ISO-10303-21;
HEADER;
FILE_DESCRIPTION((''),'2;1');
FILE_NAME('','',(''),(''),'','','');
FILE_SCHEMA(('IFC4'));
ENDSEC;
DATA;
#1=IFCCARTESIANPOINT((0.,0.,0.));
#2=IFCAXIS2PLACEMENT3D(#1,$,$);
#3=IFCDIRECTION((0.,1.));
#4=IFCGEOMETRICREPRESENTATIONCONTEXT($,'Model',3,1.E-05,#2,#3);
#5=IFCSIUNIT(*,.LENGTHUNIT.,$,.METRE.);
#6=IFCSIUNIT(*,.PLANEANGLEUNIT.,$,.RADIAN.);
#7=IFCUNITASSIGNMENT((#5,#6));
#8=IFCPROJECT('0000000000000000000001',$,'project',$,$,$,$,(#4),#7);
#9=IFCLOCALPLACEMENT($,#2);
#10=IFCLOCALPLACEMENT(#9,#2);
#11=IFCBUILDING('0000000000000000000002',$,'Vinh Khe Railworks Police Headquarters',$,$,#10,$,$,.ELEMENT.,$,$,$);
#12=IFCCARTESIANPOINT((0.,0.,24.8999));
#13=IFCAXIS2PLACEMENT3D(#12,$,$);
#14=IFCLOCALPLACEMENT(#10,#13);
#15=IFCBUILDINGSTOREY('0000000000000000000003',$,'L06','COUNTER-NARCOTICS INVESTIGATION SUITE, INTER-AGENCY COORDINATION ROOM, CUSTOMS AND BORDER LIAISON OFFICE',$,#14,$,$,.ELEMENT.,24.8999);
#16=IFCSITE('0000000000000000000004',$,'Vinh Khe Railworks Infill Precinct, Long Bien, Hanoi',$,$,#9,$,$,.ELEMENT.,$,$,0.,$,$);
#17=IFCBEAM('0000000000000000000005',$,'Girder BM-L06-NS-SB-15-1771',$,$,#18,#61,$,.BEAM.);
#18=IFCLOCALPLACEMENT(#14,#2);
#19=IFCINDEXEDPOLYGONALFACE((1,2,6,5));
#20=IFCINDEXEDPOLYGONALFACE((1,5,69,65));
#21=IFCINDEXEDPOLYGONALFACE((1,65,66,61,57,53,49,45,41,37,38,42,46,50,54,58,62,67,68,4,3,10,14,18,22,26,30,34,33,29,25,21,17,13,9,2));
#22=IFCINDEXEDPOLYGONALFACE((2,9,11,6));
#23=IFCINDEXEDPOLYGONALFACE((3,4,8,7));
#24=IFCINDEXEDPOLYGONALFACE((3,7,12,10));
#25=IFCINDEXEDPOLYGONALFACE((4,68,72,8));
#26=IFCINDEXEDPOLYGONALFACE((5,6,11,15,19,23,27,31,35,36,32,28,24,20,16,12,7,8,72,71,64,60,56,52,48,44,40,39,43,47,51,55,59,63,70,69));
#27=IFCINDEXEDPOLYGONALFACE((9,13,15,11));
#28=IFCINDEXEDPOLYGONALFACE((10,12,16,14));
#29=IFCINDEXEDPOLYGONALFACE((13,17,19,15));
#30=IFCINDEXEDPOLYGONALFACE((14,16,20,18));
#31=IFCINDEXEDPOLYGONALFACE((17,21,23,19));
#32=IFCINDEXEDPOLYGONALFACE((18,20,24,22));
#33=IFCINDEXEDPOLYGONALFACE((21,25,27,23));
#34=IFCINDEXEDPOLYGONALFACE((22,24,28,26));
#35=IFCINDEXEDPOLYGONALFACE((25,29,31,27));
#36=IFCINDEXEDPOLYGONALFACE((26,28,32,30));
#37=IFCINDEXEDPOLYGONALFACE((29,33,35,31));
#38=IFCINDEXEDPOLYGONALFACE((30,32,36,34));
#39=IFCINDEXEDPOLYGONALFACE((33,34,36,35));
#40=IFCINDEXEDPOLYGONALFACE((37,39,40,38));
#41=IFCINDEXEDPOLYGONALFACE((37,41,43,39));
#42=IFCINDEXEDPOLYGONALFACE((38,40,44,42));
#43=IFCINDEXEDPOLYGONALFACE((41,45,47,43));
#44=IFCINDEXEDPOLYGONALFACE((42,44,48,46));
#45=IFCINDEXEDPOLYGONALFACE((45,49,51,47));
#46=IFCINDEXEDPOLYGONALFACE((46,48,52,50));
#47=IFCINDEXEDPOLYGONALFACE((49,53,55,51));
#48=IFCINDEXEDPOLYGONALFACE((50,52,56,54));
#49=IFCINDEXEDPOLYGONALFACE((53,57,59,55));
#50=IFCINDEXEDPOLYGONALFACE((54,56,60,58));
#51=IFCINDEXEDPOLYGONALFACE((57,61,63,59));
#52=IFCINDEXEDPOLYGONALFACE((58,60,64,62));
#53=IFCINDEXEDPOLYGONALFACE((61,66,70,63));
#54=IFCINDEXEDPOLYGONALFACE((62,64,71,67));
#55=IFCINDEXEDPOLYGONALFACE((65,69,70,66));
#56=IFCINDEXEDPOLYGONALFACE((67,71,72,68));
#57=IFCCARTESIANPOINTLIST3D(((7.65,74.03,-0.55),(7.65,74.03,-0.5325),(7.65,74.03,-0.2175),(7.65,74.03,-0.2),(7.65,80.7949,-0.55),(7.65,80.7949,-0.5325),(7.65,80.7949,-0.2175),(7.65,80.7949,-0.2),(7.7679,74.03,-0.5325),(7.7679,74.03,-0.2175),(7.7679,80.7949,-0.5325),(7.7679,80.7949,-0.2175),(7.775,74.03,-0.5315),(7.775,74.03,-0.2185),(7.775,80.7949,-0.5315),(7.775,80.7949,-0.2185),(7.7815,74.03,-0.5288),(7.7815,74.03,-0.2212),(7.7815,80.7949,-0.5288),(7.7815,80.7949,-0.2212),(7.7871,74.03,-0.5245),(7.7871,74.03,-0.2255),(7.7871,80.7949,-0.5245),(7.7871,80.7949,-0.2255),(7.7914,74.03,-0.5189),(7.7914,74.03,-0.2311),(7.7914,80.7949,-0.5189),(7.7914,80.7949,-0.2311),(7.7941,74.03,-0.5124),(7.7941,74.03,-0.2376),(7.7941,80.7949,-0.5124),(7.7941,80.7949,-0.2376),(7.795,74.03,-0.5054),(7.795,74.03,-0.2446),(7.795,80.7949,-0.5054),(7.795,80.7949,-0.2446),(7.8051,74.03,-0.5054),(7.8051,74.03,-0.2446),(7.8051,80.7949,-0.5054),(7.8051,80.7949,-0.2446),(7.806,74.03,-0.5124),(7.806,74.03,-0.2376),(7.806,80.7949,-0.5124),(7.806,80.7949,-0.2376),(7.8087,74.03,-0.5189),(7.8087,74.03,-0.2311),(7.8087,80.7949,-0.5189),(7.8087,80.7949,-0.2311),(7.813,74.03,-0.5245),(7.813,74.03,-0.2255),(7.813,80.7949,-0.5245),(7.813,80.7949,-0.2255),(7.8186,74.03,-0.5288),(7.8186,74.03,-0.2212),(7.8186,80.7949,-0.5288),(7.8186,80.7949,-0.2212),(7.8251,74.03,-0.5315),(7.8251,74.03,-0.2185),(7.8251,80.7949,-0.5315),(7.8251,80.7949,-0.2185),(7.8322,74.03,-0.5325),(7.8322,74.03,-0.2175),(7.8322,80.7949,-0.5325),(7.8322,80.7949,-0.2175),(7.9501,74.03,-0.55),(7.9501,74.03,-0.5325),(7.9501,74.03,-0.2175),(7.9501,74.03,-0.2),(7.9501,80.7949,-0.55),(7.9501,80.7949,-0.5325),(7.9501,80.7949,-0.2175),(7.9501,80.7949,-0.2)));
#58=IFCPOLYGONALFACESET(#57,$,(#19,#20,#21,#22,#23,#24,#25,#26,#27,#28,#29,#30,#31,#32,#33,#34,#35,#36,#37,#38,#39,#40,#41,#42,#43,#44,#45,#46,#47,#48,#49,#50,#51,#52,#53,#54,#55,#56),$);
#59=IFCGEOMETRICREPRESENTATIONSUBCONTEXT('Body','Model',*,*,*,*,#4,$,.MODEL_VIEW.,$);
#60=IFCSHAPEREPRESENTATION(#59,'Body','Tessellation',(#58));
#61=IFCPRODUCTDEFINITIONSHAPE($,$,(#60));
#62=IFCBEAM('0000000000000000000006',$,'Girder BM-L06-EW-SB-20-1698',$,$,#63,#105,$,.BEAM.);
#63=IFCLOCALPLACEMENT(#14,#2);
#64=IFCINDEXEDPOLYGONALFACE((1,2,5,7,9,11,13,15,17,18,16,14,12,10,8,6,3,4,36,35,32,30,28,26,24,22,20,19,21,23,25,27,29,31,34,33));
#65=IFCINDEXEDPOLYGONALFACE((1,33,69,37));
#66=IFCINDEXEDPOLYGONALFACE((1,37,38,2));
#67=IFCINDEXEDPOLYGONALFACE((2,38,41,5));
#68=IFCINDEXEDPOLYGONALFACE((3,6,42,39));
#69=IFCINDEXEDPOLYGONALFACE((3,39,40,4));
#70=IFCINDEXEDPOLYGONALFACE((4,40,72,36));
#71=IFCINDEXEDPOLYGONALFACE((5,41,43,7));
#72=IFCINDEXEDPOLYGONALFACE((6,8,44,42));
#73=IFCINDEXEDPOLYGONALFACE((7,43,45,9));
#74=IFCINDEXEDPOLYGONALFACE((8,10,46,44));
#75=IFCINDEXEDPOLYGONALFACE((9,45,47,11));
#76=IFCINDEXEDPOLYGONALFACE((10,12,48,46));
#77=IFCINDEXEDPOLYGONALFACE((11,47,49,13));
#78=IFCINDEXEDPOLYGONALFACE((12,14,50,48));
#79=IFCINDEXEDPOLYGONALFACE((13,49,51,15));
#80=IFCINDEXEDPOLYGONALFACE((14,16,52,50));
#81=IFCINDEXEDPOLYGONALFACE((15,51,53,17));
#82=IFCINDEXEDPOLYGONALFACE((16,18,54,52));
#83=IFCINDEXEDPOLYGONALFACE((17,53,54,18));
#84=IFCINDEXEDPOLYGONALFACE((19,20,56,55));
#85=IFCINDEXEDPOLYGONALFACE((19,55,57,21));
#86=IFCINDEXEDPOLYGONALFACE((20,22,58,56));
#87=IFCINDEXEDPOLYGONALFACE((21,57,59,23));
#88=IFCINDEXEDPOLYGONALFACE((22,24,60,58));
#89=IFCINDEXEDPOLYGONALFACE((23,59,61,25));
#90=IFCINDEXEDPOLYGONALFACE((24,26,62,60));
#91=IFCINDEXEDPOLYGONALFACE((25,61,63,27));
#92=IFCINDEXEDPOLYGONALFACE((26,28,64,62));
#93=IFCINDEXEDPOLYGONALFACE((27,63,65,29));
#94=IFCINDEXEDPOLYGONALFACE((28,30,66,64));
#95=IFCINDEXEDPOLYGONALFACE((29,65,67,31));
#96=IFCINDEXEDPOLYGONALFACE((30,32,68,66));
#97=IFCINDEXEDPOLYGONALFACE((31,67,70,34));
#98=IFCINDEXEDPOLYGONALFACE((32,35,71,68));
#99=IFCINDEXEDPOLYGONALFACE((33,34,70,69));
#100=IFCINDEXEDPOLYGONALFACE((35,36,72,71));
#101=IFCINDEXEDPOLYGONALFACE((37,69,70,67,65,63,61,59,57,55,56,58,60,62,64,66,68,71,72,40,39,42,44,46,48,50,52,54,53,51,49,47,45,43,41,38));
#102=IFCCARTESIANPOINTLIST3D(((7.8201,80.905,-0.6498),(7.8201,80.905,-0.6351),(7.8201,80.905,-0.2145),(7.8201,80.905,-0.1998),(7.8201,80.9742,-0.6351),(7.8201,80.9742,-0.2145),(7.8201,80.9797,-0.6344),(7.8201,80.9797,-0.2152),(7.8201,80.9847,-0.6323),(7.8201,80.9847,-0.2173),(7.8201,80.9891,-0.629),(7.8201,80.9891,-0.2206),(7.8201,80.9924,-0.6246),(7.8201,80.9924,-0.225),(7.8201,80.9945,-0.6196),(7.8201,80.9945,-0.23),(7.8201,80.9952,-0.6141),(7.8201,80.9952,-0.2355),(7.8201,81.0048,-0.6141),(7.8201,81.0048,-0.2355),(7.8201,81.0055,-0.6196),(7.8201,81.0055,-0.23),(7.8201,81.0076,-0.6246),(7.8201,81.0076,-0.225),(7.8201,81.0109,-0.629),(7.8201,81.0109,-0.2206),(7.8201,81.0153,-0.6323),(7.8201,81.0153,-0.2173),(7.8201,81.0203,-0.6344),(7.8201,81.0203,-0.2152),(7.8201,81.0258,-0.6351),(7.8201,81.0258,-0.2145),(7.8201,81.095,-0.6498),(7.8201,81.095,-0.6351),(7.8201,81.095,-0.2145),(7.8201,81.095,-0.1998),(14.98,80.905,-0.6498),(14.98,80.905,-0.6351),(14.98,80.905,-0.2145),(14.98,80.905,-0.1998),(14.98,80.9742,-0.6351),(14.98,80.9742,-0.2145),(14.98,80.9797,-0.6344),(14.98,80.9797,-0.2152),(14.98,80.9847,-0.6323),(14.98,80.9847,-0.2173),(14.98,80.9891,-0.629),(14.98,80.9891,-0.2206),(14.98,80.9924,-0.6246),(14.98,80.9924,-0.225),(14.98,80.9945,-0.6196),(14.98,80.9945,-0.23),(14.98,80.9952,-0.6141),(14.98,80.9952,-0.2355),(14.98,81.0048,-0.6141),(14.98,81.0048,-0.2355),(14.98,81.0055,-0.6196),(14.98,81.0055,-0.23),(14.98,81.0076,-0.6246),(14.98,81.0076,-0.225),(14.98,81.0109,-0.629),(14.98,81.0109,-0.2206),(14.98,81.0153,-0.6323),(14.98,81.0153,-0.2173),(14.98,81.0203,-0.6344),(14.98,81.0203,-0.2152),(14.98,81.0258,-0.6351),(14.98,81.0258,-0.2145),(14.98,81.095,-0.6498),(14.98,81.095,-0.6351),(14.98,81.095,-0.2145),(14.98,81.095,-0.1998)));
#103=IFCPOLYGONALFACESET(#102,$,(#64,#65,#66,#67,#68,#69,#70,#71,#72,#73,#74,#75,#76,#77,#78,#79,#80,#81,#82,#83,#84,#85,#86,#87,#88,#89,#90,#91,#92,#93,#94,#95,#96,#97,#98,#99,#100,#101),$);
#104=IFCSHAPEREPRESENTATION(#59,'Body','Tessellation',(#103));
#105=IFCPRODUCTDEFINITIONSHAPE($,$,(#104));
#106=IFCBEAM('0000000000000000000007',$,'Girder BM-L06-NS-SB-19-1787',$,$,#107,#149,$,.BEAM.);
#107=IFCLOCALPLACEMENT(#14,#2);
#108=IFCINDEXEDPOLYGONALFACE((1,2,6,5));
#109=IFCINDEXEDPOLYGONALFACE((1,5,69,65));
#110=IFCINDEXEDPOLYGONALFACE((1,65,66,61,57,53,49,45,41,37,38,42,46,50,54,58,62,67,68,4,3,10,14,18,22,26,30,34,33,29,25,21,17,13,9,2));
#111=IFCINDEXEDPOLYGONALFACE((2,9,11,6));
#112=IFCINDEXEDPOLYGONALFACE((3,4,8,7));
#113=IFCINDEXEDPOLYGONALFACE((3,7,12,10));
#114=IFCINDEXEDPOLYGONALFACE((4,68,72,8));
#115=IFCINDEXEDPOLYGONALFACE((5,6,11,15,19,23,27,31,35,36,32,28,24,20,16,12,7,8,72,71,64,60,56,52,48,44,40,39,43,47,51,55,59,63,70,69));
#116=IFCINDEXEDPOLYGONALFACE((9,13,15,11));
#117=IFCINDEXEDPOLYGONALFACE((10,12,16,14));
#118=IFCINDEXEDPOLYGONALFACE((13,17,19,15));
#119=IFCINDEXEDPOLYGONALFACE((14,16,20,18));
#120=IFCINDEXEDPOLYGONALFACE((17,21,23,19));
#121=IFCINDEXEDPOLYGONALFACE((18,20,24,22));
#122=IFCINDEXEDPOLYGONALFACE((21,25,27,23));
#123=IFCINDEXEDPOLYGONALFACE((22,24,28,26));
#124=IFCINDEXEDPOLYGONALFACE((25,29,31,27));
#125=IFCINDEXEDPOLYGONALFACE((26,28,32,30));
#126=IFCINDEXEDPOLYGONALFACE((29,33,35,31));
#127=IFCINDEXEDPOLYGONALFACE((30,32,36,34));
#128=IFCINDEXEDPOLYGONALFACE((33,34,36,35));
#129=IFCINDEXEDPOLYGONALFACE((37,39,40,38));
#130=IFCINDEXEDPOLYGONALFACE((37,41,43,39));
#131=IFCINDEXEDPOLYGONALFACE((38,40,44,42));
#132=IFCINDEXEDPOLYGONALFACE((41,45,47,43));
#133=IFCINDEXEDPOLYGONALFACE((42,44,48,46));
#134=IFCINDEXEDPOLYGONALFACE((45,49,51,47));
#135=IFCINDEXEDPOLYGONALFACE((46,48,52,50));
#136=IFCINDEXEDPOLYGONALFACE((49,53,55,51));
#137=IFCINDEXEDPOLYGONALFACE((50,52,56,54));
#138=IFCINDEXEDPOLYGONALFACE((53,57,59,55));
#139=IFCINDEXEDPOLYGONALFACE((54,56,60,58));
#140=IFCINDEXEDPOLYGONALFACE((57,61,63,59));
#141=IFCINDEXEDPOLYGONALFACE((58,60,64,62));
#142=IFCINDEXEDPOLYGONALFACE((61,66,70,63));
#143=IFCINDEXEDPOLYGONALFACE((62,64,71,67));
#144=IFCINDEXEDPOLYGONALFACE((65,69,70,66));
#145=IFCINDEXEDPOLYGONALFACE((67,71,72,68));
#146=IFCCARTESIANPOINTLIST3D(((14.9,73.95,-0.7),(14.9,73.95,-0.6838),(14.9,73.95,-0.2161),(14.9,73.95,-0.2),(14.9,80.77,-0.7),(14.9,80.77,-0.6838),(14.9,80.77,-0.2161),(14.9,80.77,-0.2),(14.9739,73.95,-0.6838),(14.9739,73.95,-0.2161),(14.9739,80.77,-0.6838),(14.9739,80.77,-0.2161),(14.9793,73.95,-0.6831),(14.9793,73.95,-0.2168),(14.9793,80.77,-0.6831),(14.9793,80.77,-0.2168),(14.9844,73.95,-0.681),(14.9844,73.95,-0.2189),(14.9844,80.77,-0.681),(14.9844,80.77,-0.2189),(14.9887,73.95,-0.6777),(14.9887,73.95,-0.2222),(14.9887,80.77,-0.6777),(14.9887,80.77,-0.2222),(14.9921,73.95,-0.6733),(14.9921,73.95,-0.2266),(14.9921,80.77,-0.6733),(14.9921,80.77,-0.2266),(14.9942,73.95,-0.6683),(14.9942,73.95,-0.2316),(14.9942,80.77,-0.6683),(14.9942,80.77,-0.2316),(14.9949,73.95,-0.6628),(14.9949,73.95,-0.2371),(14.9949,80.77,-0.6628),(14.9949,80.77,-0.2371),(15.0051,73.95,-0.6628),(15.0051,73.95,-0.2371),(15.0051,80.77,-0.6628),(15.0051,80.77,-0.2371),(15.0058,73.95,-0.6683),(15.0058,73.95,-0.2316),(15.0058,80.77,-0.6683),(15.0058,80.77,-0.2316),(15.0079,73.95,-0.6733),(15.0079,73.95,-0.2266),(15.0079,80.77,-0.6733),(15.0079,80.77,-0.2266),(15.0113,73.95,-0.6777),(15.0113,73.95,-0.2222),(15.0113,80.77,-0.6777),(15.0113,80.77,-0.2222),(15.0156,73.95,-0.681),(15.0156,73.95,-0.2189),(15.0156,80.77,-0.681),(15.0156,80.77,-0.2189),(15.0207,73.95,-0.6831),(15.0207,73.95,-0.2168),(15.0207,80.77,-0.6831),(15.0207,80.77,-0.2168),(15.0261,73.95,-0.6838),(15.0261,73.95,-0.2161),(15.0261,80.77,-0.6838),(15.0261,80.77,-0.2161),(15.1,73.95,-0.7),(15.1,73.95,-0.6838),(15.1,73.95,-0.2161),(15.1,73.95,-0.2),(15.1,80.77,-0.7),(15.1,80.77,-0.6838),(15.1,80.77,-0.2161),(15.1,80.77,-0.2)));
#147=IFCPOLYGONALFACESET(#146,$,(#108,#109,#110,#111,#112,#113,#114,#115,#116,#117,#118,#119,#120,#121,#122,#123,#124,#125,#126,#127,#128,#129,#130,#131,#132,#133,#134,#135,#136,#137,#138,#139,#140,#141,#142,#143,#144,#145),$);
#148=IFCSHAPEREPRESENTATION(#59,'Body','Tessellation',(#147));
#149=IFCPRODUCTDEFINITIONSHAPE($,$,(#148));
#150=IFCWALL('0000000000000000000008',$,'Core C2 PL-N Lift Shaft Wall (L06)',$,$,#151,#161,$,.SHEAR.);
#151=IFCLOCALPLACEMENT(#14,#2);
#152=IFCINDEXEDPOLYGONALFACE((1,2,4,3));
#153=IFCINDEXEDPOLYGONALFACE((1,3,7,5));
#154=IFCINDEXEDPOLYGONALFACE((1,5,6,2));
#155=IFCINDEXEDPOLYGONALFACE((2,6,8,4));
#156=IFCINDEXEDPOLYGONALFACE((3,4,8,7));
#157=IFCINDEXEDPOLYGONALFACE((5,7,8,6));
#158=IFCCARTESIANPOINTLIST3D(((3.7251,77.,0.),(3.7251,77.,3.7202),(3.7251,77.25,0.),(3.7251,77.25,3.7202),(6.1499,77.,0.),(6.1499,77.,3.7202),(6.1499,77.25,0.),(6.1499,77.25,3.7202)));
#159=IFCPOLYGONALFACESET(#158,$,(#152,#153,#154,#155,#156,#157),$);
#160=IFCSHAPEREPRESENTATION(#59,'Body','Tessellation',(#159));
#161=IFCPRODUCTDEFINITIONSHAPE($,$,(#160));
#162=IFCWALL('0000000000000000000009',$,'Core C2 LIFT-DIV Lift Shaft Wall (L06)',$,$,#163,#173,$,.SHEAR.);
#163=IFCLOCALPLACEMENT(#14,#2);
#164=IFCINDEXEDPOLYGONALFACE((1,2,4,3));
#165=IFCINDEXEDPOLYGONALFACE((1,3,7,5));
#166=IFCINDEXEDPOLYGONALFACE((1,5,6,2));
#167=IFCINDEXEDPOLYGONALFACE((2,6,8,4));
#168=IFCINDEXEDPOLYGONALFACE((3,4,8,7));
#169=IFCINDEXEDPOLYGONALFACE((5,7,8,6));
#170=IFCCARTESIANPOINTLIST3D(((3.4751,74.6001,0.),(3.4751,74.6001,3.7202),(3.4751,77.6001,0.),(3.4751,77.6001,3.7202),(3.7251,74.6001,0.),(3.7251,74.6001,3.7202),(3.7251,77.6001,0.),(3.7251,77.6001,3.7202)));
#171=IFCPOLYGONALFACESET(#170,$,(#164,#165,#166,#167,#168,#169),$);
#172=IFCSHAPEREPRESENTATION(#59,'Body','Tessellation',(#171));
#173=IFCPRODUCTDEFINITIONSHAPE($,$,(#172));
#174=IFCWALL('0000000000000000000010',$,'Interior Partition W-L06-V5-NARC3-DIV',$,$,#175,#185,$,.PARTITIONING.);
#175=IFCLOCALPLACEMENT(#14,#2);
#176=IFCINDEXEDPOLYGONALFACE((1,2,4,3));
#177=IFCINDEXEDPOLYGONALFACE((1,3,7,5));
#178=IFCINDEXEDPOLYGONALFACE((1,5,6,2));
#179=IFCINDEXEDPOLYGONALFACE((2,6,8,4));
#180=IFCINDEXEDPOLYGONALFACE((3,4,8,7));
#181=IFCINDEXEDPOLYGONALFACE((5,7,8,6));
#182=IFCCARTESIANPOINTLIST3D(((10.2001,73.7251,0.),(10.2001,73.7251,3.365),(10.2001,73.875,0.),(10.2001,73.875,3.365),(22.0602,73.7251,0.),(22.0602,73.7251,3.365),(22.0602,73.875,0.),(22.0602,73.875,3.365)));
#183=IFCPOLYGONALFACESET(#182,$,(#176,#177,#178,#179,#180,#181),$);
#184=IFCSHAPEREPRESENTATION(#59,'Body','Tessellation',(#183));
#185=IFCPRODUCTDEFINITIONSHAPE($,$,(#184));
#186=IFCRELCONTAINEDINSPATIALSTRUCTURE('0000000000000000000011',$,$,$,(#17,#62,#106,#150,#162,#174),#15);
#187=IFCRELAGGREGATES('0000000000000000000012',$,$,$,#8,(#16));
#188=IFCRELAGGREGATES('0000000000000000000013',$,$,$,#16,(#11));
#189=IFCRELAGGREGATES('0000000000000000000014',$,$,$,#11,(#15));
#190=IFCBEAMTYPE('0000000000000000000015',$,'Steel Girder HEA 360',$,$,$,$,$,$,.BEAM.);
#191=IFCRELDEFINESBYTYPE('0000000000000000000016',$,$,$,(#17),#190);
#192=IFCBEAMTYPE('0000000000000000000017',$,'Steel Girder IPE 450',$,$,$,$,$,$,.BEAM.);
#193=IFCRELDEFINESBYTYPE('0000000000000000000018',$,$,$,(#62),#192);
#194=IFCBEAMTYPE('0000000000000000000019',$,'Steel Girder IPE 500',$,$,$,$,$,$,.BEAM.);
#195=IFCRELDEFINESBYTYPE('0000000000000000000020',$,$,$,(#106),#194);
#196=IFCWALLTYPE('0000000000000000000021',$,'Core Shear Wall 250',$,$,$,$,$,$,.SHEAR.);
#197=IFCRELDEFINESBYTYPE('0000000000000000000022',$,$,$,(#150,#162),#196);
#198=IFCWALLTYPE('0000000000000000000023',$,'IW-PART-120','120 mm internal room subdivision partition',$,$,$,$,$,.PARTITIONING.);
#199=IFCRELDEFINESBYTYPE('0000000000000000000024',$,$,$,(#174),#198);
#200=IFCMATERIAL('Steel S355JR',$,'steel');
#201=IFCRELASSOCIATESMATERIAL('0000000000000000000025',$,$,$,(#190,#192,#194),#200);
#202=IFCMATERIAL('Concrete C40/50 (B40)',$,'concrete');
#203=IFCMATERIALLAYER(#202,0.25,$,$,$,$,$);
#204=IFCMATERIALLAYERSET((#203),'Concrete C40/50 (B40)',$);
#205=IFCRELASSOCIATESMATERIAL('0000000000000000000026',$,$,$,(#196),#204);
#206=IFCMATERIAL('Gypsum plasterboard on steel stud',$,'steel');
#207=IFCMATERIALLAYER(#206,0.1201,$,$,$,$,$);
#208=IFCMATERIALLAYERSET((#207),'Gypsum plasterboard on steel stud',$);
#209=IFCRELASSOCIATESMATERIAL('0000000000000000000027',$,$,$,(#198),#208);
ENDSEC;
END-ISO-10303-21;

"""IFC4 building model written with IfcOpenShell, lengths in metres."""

from ifc_helpers import new_model, si_unit, direction, frame, frame_2d, origin, origin_2d, place, context, subcontext, project, spatial, rectangle, i_section, extrude, material, layer, layer_set, material_profile, profile_set, type_object, element, save


model = new_model("IFC4")

# Units and contexts
model_context = context("Model", 3, precision=1e-05, world=origin(), true_north=direction((0.0, 1.0)))
body_context = subcontext(model_context, "Body", "Model", "MODEL_VIEW")
ifc_project = project(units=[si_unit("LENGTHUNIT", "METRE"), si_unit("PLANEANGLEUNIT", "RADIAN")], contexts=[model_context])

# Site, building, storey
site_placement = place(None, origin())
site = spatial("IfcSite", under=ifc_project, at=site_placement, Name="Vinh Khe Railworks Infill Precinct, Long Bien, Hanoi", CompositionType="ELEMENT", RefElevation=0.0)
building_placement = place(site_placement, origin())
building = spatial("IfcBuilding", under=site, at=building_placement, Name="Vinh Khe Railworks Police Headquarters", CompositionType="ELEMENT")
storey_placement = place(building_placement, frame((0.0, 0.0, 24.8999)))
storey = spatial("IfcBuildingStorey", under=building, at=storey_placement, Name="L06", Description="COUNTER-NARCOTICS INVESTIGATION SUITE, INTER-AGENCY COORDINATION ROOM, CUSTOMS AND BORDER LIAISON OFFICE", CompositionType="ELEMENT", Elevation=24.8999)

# Shared definitions
ifc_material_1 = material(Name="Steel S355JR", Category="steel")

# Beams
ifc_material_profile_1 = material_profile(ifc_material_1, i_section(OverallWidth=0.3, OverallDepth=0.3501, WebThickness=0.01, FlangeThickness=0.0176, FilletRadius=0.0271, at=origin_2d()), Name="HEA 360")
ifc_profile_set_1 = profile_set([ifc_material_profile_1], Name="Steel S355JR")
beam_type_1 = type_object("IfcBeamType", Name="Steel Girder HEA 360", PredefinedType="BEAM", material=ifc_profile_set_1)
beam_1_placement = place(storey_placement, frame((7.8, 74.03, -0.375), z_axis=(0.0, 1.0, 0.0), x_axis=(-1.0, 0.0, 0.0)))
element("IfcBeam", 1, at=beam_1_placement, inside=storey, type_object=beam_type_1, Name="Girder BM-L06-NS-SB-15-1771", PredefinedType="BEAM", context=body_context, shape_type="SweptSolid", body=[
    extrude(i_section(OverallWidth=0.3, OverallDepth=0.3501, WebThickness=0.01, FlangeThickness=0.0176, FilletRadius=0.0271, at=origin_2d()), origin(), (0.0, 0.0, 1.0), 6.7649),
])
ifc_material_profile_2 = material_profile(ifc_material_1, i_section(OverallWidth=0.1899, OverallDepth=0.45, WebThickness=0.0095, FlangeThickness=0.0146, FilletRadius=0.021, at=origin_2d()), Name="IPE 450")
ifc_profile_set_2 = profile_set([ifc_material_profile_2], Name="Steel S355JR")
beam_type_2 = type_object("IfcBeamType", Name="Steel Girder IPE 450", PredefinedType="BEAM", material=ifc_profile_set_2)
beam_2_placement = place(storey_placement, frame((7.8201, 81.0, -0.4248), z_axis=(1.0, 0.0, 0.0), x_axis=(0.0, 1.0, 0.0)))
element("IfcBeam", 2, at=beam_2_placement, inside=storey, type_object=beam_type_2, Name="Girder BM-L06-EW-SB-20-1698", PredefinedType="BEAM", context=body_context, shape_type="SweptSolid", body=[
    extrude(i_section(OverallWidth=0.1899, OverallDepth=0.45, WebThickness=0.0095, FlangeThickness=0.0146, FilletRadius=0.021, at=origin_2d()), origin(), (0.0, 0.0, 1.0), 7.1599),
])
ifc_material_profile_3 = material_profile(ifc_material_1, i_section(OverallWidth=0.2, OverallDepth=0.5, WebThickness=0.0103, FlangeThickness=0.0161, FilletRadius=0.021, at=origin_2d()), Name="IPE 500")
ifc_profile_set_3 = profile_set([ifc_material_profile_3], Name="Steel S355JR")
beam_type_3 = type_object("IfcBeamType", Name="Steel Girder IPE 500", PredefinedType="BEAM", material=ifc_profile_set_3)
beam_3_placement = place(storey_placement, frame((15.0, 73.95, -0.45), z_axis=(0.0, 1.0, 0.0), x_axis=(-1.0, 0.0, 0.0)))
element("IfcBeam", 3, at=beam_3_placement, inside=storey, type_object=beam_type_3, Name="Girder BM-L06-NS-SB-19-1787", PredefinedType="BEAM", context=body_context, shape_type="SweptSolid", body=[
    extrude(i_section(OverallWidth=0.2, OverallDepth=0.5, WebThickness=0.0103, FlangeThickness=0.0161, FilletRadius=0.021, at=origin_2d()), origin(), (0.0, 0.0, 1.0), 6.8201),
])

# Walls
ifc_material_2 = material(Name="Concrete C40/50 (B40)", Category="concrete")
ifc_layer_1 = layer(ifc_material_2, 0.25)
ifc_layer_set_1 = layer_set([ifc_layer_1], Name="Concrete C40/50 (B40)")
wall_type_1 = type_object("IfcWallType", Name="Core Shear Wall 250", PredefinedType="SHEAR", material=ifc_layer_set_1)
wall_1_placement = place(storey_placement, frame((3.7251, 77.125, 0.0), z_axis=(0.0, 0.0, 1.0), x_axis=(1.0, 0.0, 0.0)))
element("IfcWall", 4, at=wall_1_placement, inside=storey, type_object=wall_type_1, Name="Core C2 PL-N Lift Shaft Wall (L06)", PredefinedType="SHEAR", context=body_context, shape_type="SweptSolid", body=[
    extrude(rectangle(XDim=2.4248, YDim=0.25, at=frame_2d((1.2124, 0.0))), origin(), (0.0, 0.0, 1.0), 3.7202),
])
wall_2_placement = place(storey_placement, frame((3.6001, 74.6001, 0.0), z_axis=(0.0, 0.0, 1.0), x_axis=(0.0, 1.0, 0.0)))
element("IfcWall", 5, at=wall_2_placement, inside=storey, type_object=wall_type_1, Name="Core C2 LIFT-DIV Lift Shaft Wall (L06)", PredefinedType="SHEAR", context=body_context, shape_type="SweptSolid", body=[
    extrude(rectangle(XDim=3.0, YDim=0.25, at=frame_2d((1.5, 0.0))), origin(), (0.0, 0.0, 1.0), 3.7202),
])

# Wall
ifc_material_3 = material(Name="Gypsum plasterboard on steel stud", Category="steel")
ifc_layer_2 = layer(ifc_material_3, 0.1201)
ifc_layer_set_2 = layer_set([ifc_layer_2], Name="Gypsum plasterboard on steel stud")
wall_type_2 = type_object("IfcWallType", Name="IW-PART-120", Description="120 mm internal room subdivision partition", PredefinedType="PARTITIONING", material=ifc_layer_set_2)
wall_3_placement = place(storey_placement, frame((10.2, 73.8, 0.0), z_axis=(0.0, 0.0, 1.0), x_axis=(1.0, 0.0, 0.0)))
element("IfcWall", 6, at=wall_3_placement, inside=storey, type_object=wall_type_2, Name="Interior Partition W-L06-V5-NARC3-DIV", PredefinedType="PARTITIONING", context=body_context, shape_type="SweptSolid", body=[
    extrude(rectangle(XDim=11.8601, YDim=0.1499, at=frame_2d((5.9302, 0.0))), origin(), (0.0, 0.0, 1.0), 3.365),
])

save(model, "model.ifc")
